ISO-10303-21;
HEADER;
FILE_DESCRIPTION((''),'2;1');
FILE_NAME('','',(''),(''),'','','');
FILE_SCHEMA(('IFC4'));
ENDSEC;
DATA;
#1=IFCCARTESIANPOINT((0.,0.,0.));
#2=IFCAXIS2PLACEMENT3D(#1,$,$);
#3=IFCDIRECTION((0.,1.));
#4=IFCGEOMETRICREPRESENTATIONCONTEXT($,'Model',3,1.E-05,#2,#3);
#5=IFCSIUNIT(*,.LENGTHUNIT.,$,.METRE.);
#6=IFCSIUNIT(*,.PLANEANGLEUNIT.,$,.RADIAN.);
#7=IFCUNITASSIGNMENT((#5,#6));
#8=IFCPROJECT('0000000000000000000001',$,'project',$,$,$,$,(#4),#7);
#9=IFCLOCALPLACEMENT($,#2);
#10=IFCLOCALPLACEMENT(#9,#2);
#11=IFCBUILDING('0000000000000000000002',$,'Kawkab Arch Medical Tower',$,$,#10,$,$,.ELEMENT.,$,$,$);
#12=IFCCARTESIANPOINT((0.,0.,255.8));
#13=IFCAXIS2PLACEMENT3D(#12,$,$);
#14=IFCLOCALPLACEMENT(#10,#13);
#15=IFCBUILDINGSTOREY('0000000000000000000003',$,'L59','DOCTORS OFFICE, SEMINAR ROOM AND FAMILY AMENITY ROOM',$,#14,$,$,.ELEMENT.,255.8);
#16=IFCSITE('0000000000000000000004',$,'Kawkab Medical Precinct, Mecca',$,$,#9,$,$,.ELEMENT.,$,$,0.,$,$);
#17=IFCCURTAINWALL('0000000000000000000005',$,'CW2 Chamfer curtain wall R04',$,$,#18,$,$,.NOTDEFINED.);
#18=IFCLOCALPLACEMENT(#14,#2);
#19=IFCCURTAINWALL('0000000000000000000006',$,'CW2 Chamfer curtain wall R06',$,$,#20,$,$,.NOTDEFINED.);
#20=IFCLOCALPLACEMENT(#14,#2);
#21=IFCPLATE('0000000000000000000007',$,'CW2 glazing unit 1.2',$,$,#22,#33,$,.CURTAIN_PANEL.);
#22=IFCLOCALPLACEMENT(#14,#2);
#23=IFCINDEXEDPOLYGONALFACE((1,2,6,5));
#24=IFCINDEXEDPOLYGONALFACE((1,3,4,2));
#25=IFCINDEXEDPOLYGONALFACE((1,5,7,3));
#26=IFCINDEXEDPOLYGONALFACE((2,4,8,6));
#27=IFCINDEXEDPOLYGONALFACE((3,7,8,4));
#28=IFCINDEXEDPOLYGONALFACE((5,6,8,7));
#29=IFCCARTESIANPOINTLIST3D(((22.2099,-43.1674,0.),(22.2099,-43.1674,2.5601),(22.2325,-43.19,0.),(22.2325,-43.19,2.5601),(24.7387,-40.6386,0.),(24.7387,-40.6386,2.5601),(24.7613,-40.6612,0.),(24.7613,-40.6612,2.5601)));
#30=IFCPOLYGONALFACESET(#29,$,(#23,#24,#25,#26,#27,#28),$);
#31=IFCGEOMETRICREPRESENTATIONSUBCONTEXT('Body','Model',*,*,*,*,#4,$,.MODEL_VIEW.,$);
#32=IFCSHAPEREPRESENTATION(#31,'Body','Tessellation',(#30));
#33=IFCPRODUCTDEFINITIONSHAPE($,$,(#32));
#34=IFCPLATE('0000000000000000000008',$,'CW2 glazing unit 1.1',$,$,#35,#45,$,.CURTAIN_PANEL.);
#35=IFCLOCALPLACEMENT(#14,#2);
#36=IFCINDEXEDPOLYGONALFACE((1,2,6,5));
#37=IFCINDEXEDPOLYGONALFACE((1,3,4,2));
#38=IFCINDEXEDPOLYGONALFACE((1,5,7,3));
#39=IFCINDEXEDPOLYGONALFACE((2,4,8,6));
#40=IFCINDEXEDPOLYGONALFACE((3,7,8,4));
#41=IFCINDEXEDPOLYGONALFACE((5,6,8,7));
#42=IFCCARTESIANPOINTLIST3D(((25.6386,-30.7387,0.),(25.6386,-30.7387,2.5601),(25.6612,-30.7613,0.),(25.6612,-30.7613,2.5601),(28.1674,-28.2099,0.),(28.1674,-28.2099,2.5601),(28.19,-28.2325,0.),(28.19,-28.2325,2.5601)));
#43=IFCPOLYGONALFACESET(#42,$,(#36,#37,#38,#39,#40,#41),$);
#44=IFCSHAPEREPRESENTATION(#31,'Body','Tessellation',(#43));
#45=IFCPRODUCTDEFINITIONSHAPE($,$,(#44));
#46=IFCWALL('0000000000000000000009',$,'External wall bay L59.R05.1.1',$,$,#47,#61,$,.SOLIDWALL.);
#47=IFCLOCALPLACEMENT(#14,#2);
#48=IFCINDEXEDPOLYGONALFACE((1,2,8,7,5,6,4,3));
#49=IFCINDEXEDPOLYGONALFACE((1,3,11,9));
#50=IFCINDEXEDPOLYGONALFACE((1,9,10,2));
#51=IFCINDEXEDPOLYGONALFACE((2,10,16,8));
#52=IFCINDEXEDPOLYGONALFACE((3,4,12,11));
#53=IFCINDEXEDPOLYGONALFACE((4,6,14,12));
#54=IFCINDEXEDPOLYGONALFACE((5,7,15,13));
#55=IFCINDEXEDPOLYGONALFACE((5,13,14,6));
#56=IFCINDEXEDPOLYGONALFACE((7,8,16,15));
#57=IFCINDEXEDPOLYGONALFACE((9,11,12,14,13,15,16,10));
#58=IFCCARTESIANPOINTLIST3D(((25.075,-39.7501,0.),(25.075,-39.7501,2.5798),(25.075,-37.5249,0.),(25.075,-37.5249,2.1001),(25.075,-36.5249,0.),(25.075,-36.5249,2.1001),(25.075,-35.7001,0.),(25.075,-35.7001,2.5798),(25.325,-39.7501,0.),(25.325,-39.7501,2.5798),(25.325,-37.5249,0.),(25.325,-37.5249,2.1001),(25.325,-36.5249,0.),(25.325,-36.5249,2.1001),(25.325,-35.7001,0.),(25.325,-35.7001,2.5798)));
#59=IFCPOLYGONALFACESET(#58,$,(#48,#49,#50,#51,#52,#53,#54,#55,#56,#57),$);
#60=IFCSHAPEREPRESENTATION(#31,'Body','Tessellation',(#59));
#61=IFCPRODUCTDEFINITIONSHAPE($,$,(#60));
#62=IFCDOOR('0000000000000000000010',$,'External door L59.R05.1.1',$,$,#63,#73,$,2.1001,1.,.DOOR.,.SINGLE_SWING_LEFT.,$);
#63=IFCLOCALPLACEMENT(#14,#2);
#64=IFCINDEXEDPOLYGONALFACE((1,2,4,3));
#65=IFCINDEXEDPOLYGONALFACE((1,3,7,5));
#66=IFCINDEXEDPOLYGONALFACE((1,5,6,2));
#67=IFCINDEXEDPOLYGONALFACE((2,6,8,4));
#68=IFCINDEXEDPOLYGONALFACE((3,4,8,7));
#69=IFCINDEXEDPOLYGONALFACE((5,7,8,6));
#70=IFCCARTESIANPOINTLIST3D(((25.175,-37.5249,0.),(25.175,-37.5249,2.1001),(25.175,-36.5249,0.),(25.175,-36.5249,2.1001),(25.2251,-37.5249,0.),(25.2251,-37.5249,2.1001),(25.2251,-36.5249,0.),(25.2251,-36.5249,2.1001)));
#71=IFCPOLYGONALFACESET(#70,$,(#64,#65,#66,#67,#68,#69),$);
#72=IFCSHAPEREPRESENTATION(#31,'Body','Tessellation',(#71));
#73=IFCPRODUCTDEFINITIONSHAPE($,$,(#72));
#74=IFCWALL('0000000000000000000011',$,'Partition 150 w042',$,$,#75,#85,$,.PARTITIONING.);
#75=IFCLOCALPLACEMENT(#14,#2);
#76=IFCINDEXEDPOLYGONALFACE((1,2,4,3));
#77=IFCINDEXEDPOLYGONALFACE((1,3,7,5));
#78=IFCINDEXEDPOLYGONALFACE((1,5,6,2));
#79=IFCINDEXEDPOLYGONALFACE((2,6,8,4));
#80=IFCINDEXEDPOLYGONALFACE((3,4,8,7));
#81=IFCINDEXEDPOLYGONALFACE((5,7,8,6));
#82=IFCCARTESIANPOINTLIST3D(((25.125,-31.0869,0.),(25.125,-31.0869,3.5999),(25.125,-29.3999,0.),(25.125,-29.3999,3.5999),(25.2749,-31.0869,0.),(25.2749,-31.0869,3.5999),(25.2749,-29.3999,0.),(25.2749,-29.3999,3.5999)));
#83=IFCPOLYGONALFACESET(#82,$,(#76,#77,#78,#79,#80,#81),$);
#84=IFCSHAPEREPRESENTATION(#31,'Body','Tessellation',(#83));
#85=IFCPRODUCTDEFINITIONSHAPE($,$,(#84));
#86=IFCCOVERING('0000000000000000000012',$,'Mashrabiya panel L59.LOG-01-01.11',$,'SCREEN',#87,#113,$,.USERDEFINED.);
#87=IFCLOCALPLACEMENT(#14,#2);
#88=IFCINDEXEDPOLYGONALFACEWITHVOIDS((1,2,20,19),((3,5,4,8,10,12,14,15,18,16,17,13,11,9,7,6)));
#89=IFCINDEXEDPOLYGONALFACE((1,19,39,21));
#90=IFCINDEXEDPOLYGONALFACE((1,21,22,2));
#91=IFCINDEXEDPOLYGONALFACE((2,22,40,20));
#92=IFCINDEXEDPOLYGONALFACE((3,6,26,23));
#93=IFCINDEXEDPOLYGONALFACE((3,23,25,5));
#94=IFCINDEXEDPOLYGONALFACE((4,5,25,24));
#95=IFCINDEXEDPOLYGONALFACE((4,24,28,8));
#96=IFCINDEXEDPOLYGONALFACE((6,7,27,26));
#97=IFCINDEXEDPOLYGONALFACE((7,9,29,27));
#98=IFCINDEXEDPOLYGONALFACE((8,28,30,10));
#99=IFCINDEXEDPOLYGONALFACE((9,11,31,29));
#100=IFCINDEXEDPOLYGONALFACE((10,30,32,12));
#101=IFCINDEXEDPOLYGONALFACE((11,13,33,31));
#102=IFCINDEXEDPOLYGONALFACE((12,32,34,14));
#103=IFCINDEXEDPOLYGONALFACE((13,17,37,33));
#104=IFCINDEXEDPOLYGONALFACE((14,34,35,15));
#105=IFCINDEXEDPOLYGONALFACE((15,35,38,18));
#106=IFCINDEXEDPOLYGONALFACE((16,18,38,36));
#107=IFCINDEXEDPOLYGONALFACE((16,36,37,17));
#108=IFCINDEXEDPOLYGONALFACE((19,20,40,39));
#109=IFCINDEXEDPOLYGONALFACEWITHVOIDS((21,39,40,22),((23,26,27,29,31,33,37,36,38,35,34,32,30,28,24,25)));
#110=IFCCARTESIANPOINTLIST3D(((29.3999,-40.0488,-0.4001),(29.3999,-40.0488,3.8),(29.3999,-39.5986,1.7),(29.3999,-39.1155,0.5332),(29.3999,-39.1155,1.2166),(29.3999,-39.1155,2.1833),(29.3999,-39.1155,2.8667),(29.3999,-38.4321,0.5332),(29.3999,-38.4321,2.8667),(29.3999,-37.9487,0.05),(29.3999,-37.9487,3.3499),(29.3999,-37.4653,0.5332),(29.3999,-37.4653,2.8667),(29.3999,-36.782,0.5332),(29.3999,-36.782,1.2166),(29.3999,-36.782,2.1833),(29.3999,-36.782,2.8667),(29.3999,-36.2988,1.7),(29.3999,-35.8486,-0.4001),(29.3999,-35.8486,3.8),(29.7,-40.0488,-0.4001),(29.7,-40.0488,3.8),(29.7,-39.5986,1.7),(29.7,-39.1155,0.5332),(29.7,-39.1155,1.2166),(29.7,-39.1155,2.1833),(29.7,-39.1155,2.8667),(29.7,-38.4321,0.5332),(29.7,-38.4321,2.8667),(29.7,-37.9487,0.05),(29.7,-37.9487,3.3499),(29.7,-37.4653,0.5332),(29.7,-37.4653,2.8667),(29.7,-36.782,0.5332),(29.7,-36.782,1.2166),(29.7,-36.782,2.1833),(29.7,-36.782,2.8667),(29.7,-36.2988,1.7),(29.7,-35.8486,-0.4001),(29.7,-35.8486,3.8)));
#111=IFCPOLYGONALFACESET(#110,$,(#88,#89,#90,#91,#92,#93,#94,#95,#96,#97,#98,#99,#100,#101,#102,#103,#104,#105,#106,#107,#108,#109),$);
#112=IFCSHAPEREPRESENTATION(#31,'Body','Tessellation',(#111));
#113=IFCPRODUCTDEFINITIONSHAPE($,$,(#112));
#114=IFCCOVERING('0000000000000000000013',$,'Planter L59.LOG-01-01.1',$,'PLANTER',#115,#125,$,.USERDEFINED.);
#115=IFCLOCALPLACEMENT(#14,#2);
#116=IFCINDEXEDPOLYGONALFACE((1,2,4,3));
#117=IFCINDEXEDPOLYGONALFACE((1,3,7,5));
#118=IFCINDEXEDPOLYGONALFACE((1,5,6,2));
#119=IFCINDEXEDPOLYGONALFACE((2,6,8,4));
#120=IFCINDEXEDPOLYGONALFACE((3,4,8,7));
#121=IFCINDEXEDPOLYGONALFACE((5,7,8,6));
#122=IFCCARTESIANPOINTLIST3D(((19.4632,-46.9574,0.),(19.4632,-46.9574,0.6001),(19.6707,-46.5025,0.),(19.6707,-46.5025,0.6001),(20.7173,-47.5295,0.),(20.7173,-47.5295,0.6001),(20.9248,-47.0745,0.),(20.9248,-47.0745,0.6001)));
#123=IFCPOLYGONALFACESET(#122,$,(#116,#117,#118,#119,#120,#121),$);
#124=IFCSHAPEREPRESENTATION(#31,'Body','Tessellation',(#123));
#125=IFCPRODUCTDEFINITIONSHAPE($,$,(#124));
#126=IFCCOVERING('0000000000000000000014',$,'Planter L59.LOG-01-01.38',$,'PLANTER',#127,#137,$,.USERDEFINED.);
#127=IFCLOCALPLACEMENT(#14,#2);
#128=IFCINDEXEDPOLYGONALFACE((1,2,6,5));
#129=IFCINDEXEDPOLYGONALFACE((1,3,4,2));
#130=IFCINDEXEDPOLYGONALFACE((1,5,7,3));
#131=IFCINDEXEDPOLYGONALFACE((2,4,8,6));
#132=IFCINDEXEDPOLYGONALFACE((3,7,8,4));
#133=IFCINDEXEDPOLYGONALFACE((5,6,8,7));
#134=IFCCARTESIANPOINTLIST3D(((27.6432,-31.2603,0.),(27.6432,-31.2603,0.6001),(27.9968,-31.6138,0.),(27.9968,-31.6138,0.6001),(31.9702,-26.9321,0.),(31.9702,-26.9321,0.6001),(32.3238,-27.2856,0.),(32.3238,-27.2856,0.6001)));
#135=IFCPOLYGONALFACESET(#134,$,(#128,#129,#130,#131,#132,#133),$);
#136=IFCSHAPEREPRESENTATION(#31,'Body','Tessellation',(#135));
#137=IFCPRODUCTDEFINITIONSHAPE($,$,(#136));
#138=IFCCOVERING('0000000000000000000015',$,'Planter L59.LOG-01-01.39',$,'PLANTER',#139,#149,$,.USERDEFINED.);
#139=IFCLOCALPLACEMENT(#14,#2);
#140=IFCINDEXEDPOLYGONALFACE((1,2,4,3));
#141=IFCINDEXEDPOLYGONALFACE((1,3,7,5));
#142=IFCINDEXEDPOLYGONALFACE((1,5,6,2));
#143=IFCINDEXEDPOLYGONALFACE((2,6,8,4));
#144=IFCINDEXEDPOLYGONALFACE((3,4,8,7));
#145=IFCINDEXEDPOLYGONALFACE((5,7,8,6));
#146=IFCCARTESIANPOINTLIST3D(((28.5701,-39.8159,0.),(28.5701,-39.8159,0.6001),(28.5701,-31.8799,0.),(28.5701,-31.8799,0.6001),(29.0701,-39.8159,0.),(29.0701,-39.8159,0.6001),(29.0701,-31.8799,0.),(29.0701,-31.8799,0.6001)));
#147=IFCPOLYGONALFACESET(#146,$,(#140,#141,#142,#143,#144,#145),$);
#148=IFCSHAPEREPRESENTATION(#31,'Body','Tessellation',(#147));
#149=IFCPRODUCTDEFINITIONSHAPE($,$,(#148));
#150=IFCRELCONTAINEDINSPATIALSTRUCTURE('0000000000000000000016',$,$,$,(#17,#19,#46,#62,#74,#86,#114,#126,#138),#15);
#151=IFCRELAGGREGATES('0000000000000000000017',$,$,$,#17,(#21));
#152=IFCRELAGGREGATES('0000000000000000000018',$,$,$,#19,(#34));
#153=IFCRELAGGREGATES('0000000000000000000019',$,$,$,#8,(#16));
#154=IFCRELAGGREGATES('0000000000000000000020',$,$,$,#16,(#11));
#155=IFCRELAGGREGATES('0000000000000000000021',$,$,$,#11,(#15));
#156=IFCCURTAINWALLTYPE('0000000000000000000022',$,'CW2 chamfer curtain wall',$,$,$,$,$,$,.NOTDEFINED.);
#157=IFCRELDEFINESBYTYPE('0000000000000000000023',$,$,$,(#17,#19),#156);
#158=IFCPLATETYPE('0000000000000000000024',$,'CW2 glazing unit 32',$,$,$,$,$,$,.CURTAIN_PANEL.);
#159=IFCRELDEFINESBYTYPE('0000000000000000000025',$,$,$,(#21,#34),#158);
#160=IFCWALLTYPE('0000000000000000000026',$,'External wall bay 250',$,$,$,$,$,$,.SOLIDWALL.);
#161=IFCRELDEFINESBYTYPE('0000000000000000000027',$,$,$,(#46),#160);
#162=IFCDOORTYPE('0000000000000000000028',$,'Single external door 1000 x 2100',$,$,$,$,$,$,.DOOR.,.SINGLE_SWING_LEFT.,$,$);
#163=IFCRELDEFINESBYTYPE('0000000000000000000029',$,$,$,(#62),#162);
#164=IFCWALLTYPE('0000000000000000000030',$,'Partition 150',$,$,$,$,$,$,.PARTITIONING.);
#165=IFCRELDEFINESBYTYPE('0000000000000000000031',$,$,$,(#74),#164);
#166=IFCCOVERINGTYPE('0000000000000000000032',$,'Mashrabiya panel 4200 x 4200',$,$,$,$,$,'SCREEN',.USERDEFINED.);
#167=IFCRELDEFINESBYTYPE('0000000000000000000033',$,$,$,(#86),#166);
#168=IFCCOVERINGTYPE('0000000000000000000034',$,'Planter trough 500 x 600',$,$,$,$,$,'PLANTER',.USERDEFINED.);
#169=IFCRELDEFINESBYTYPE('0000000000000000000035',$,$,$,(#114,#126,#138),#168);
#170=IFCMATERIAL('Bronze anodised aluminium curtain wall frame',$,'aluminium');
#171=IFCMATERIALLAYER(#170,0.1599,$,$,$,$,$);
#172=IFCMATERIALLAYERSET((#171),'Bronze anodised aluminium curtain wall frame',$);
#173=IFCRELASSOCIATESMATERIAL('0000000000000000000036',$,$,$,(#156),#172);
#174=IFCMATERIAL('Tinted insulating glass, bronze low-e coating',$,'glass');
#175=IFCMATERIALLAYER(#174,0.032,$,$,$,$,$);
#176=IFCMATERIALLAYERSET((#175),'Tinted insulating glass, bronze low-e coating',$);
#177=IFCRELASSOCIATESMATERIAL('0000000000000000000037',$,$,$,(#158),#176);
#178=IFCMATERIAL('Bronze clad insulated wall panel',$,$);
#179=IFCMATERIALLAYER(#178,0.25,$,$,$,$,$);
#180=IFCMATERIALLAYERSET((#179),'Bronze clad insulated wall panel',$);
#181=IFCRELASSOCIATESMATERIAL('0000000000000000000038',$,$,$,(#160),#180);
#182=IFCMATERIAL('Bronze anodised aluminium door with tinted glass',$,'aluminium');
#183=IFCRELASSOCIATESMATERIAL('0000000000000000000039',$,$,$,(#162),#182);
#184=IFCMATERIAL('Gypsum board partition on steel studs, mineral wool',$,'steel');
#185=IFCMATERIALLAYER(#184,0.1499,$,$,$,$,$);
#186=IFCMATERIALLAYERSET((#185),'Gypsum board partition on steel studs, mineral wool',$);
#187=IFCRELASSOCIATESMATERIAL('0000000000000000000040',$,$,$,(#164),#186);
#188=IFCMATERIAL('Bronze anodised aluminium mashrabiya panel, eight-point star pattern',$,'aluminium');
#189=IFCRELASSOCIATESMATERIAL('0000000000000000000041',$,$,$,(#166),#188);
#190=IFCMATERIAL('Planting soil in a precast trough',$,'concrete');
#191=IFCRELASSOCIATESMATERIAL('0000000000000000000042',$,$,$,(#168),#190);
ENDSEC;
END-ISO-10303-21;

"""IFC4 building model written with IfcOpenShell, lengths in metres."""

from ifc_helpers import new_model, si_unit, direction, frame, frame_2d, origin, origin_2d, place, context, subcontext, project, spatial, polyline, rectangle, outline, extrude, material, layer, layer_set, material_profile, profile_set, type_object, element, fill, aggregate, save


model = new_model("IFC4")

# Units and contexts
model_context = context("Model", 3, precision=1e-05, world=origin(), true_north=direction((0.0, 1.0)))
body_context = subcontext(model_context, "Body", "Model", "MODEL_VIEW")
ifc_project = project(units=[si_unit("LENGTHUNIT", "METRE"), si_unit("PLANEANGLEUNIT", "RADIAN")], contexts=[model_context])

# Site, building, storey
site_placement = place(None, origin())
site = spatial("IfcSite", under=ifc_project, at=site_placement, Name="Kawkab Medical Precinct, Mecca", CompositionType="ELEMENT", RefElevation=0.0)
building_placement = place(site_placement, origin())
building = spatial("IfcBuilding", under=site, at=building_placement, Name="Kawkab Arch Medical Tower", CompositionType="ELEMENT")
storey_placement = place(building_placement, frame((0.0, 0.0, 255.8)))
storey = spatial("IfcBuildingStorey", under=building, at=storey_placement, Name="L59", Description="DOCTORS OFFICE, SEMINAR ROOM AND FAMILY AMENITY ROOM", CompositionType="ELEMENT", Elevation=255.8)

# Curtain walls
placement = place(storey_placement, origin())
ifc_material_1 = material(Name="Bronze anodised aluminium curtain wall frame", Category="aluminium")
ifc_layer_1 = layer(ifc_material_1, 0.1599)
ifc_layer_set_1 = layer_set([ifc_layer_1], Name="Bronze anodised aluminium curtain wall frame")
curtain_wall_type_1 = type_object("IfcCurtainWallType", Name="CW2 chamfer curtain wall", PredefinedType="NOTDEFINED", material=ifc_layer_set_1)
curtain_wall_1 = element("IfcCurtainWall", 1, at=placement, inside=storey, type_object=curtain_wall_type_1, Name="CW2 Chamfer curtain wall R04", PredefinedType="NOTDEFINED")
curtain_wall_2 = element("IfcCurtainWall", 2, at=placement, inside=storey, type_object=curtain_wall_type_1, Name="CW2 Chamfer curtain wall R06", PredefinedType="NOTDEFINED")

# Plates
ifc_material_2 = material(Name="Tinted insulating glass, bronze low-e coating", Category="glass")
ifc_layer_2 = layer(ifc_material_2, 0.032)
ifc_layer_set_2 = layer_set([ifc_layer_2], Name="Tinted insulating glass, bronze low-e coating")
plate_type_1 = type_object("IfcPlateType", Name="CW2 glazing unit 32", PredefinedType="CURTAIN_PANEL", material=ifc_layer_set_2)
plate_1_placement = place(storey_placement, frame((23.4856, -41.9143, 0.0), z_axis=(0.0, 0.0, 1.0), x_axis=(0.707107, 0.707107, 0.0)))
plate_1 = element("IfcPlate", 3, at=plate_1_placement, type_object=plate_type_1, Name="CW2 glazing unit 1.2", PredefinedType="CURTAIN_PANEL", context=body_context, shape_type="SweptSolid", body=[
    extrude(rectangle(XDim=3.5762, YDim=0.032, at=origin_2d()), origin(), (0.0, 0.0, 1.0), 2.5601),
])
aggregate(curtain_wall_1, [plate_1])
plate_2_placement = place(storey_placement, frame((26.9143, -29.4856, 0.0), z_axis=(0.0, 0.0, 1.0), x_axis=(0.707107, 0.707107, 0.0)))
plate_2 = element("IfcPlate", 4, at=plate_2_placement, type_object=plate_type_1, Name="CW2 glazing unit 1.1", PredefinedType="CURTAIN_PANEL", context=body_context, shape_type="SweptSolid", body=[
    extrude(rectangle(XDim=3.5762, YDim=0.032, at=origin_2d()), origin(), (0.0, 0.0, 1.0), 2.5601),
])
aggregate(curtain_wall_2, [plate_2])

# Wall, opening, door
ifc_material_3 = material(Name="Bronze clad insulated wall panel")
ifc_layer_3 = layer(ifc_material_3, 0.25)
ifc_layer_set_3 = layer_set([ifc_layer_3], Name="Bronze clad insulated wall panel")
wall_type_1 = type_object("IfcWallType", Name="External wall bay 250", PredefinedType="SOLIDWALL", material=ifc_layer_set_3)
wall_1_placement = place(storey_placement, frame((25.2, -39.75, 0.0), z_axis=(0.0, 0.0, 1.0), x_axis=(0.0, 1.0, 0.0)))
wall_1 = element("IfcWall", 5, at=wall_1_placement, inside=storey, type_object=wall_type_1, Name="External wall bay L59.R05.1.1", PredefinedType="SOLIDWALL", context=body_context, shape_type="SweptSolid", body=[
    extrude(rectangle(XDim=4.05, YDim=0.25, at=frame_2d((2.0249, 0.0))), origin(), (0.0, 0.0, 1.0), 2.5798),
])
opening_placement = place(wall_1_placement, frame((2.2251, 0.0, 0.0)))
opening = element("IfcOpeningElement", 6, at=opening_placement, cuts=wall_1, PredefinedType="OPENING", context=body_context, shape_type="SweptSolid", body=[
    extrude(rectangle(XDim=1.0, YDim=2.1001, at=frame_2d((0.5, 1.05))), frame((0.0, 0.135, 0.0), z_axis=(0.0, -1.0, 0.0), x_axis=(1.0, 0.0, 0.0)), (0.0, 0.0, 1.0), 0.27),
])
ifc_material_4 = material(Name="Bronze anodised aluminium door with tinted glass", Category="aluminium")
door_type = type_object("IfcDoorType", Name="Single external door 1000 x 2100", OperationType="SINGLE_SWING_LEFT", PredefinedType="DOOR", material=ifc_material_4)
door_placement = place(opening_placement, origin())
door = element("IfcDoor", 7, at=door_placement, inside=storey, type_object=door_type, Name="External door L59.R05.1.1", OperationType="SINGLE_SWING_LEFT", OverallHeight=2.1001, OverallWidth=1.0, PredefinedType="DOOR", context=body_context, shape_type="SweptSolid", body=[
    extrude(rectangle(XDim=1.0, YDim=2.1001, at=frame_2d((0.5, 1.05))), frame((0.0, 0.0249, 0.0), z_axis=(0.0, -1.0, 0.0), x_axis=(1.0, 0.0, 0.0)), (0.0, 0.0, 1.0), 0.05),
])
fill(opening, door)

# Wall
ifc_material_5 = material(Name="Gypsum board partition on steel studs, mineral wool", Category="steel")
ifc_layer_4 = layer(ifc_material_5, 0.1499)
ifc_layer_set_4 = layer_set([ifc_layer_4], Name="Gypsum board partition on steel studs, mineral wool")
wall_type_2 = type_object("IfcWallType", Name="Partition 150", PredefinedType="PARTITIONING", material=ifc_layer_set_4)
wall_2_placement = place(storey_placement, frame((25.2, -31.0869, 0.0), z_axis=(0.0, 0.0, 1.0), x_axis=(0.0, 1.0, 0.0)))
element("IfcWall", 8, at=wall_2_placement, inside=storey, type_object=wall_type_2, Name="Partition 150 w042", PredefinedType="PARTITIONING", context=body_context, shape_type="SweptSolid", body=[
    extrude(rectangle(XDim=1.687, YDim=0.1499, at=frame_2d((0.8435, 0.0))), origin(), (0.0, 0.0, 1.0), 3.5999),
])

# Coverings
ifc_material_6 = material(Name="Bronze anodised aluminium mashrabiya panel, eight-point star pattern", Category="aluminium")
ifc_material_profile_1 = material_profile(ifc_material_6, outline(polyline([(-2.1001, -2.1001), (2.1001, -2.1001), (2.1001, 2.1001), (-2.1001, 2.1001), (-2.1001, -2.1001)]), holes=[polyline([(1.6499, 0.0), (1.1667, 0.4834), (1.1667, 1.1667), (0.4834, 1.1667), (0.0, 1.6499), (-0.4834, 1.1667), (-1.1667, 1.1667), (-1.1667, 0.4834), (-1.6499, 0.0), (-1.1667, -0.4834), (-1.1667, -1.1667), (-0.4834, -1.1667), (0.0, -1.6499), (0.4834, -1.1667), (1.1667, -1.1667), (1.1667, -0.4834), (1.6499, 0.0)])]), Name="Mashrabiya panel 4200x4200")
ifc_profile_set_1 = profile_set([ifc_material_profile_1], Name="Bronze anodised aluminium mashrabiya panel, eight-point star pattern")
covering_type_1 = type_object("IfcCoveringType", Name="Mashrabiya panel 4200 x 4200", ElementType="SCREEN", PredefinedType="USERDEFINED", material=ifc_profile_set_1)
covering_1_placement = place(storey_placement, frame((29.3999, -37.9487, 1.7), z_axis=(1.0, 0.0, 0.0), x_axis=(0.0, 1.0, 0.0)))
element("IfcCovering", 9, at=covering_1_placement, inside=storey, type_object=covering_type_1, Name="Mashrabiya panel L59.LOG-01-01.11", ObjectType="SCREEN", PredefinedType="USERDEFINED", context=body_context, shape_type="SweptSolid", body=[
    extrude(outline(polyline([(-2.1001, -2.1001), (2.1001, -2.1001), (2.1001, 2.1001), (-2.1001, 2.1001), (-2.1001, -2.1001)]), holes=[polyline([(1.6499, 0.0), (1.1667, 0.4834), (1.1667, 1.1667), (0.4834, 1.1667), (0.0, 1.6499), (-0.4834, 1.1667), (-1.1667, 1.1667), (-1.1667, 0.4834), (-1.6499, 0.0), (-1.1667, -0.4834), (-1.1667, -1.1667), (-0.4834, -1.1667), (0.0, -1.6499), (0.4834, -1.1667), (1.1667, -1.1667), (1.1667, -0.4834), (1.6499, 0.0)])]), origin(), (0.0, 0.0, 1.0), 0.3),
])
ifc_material_7 = material(Name="Planting soil in a precast trough", Category="concrete")
ifc_material_profile_2 = material_profile(ifc_material_7, rectangle(XDim=0.5, YDim=0.6001, at=origin_2d()), Name="Trough 500x600")
ifc_profile_set_2 = profile_set([ifc_material_profile_2], Name="Planting soil in a precast trough")
covering_type_2 = type_object("IfcCoveringType", Name="Planter trough 500 x 600", ElementType="PLANTER", PredefinedType="USERDEFINED", material=ifc_profile_set_2)
covering_2_placement = place(storey_placement, frame((20.821, -47.302, 0.3), z_axis=(-0.909832, 0.414977, 0.0), x_axis=(-0.414977, -0.909832, 0.0)))
element("IfcCovering", 10, at=covering_2_placement, inside=storey, type_object=covering_type_2, Name="Planter L59.LOG-01-01.1", ObjectType="PLANTER", PredefinedType="USERDEFINED", context=body_context, shape_type="SweptSolid", body=[
    extrude(rectangle(XDim=0.5, YDim=0.6001, at=origin_2d()), origin(), (0.0, 0.0, 1.0), 1.3784),
])
covering_3_placement = place(storey_placement, frame((32.147, -27.1089, 0.3), z_axis=(-0.707007, -0.707207, 0.0), x_axis=(0.707207, -0.707007, 0.0)))
element("IfcCovering", 11, at=covering_3_placement, inside=storey, type_object=covering_type_2, Name="Planter L59.LOG-01-01.38", ObjectType="PLANTER", PredefinedType="USERDEFINED", context=body_context, shape_type="SweptSolid", body=[
    extrude(rectangle(XDim=0.5, YDim=0.6001, at=origin_2d()), origin(), (0.0, 0.0, 1.0), 6.1201),
])
covering_4_placement = place(storey_placement, frame((28.8201, -31.8799, 0.3), z_axis=(0.0, -1.0, 0.0), x_axis=(1.0, 0.0, 0.0)))
element("IfcCovering", 12, at=covering_4_placement, inside=storey, type_object=covering_type_2, Name="Planter L59.LOG-01-01.39", ObjectType="PLANTER", PredefinedType="USERDEFINED", context=body_context, shape_type="SweptSolid", body=[
    extrude(rectangle(XDim=0.5, YDim=0.6001, at=origin_2d()), origin(), (0.0, 0.0, 1.0), 7.936),
])

save(model, "model.ifc")
